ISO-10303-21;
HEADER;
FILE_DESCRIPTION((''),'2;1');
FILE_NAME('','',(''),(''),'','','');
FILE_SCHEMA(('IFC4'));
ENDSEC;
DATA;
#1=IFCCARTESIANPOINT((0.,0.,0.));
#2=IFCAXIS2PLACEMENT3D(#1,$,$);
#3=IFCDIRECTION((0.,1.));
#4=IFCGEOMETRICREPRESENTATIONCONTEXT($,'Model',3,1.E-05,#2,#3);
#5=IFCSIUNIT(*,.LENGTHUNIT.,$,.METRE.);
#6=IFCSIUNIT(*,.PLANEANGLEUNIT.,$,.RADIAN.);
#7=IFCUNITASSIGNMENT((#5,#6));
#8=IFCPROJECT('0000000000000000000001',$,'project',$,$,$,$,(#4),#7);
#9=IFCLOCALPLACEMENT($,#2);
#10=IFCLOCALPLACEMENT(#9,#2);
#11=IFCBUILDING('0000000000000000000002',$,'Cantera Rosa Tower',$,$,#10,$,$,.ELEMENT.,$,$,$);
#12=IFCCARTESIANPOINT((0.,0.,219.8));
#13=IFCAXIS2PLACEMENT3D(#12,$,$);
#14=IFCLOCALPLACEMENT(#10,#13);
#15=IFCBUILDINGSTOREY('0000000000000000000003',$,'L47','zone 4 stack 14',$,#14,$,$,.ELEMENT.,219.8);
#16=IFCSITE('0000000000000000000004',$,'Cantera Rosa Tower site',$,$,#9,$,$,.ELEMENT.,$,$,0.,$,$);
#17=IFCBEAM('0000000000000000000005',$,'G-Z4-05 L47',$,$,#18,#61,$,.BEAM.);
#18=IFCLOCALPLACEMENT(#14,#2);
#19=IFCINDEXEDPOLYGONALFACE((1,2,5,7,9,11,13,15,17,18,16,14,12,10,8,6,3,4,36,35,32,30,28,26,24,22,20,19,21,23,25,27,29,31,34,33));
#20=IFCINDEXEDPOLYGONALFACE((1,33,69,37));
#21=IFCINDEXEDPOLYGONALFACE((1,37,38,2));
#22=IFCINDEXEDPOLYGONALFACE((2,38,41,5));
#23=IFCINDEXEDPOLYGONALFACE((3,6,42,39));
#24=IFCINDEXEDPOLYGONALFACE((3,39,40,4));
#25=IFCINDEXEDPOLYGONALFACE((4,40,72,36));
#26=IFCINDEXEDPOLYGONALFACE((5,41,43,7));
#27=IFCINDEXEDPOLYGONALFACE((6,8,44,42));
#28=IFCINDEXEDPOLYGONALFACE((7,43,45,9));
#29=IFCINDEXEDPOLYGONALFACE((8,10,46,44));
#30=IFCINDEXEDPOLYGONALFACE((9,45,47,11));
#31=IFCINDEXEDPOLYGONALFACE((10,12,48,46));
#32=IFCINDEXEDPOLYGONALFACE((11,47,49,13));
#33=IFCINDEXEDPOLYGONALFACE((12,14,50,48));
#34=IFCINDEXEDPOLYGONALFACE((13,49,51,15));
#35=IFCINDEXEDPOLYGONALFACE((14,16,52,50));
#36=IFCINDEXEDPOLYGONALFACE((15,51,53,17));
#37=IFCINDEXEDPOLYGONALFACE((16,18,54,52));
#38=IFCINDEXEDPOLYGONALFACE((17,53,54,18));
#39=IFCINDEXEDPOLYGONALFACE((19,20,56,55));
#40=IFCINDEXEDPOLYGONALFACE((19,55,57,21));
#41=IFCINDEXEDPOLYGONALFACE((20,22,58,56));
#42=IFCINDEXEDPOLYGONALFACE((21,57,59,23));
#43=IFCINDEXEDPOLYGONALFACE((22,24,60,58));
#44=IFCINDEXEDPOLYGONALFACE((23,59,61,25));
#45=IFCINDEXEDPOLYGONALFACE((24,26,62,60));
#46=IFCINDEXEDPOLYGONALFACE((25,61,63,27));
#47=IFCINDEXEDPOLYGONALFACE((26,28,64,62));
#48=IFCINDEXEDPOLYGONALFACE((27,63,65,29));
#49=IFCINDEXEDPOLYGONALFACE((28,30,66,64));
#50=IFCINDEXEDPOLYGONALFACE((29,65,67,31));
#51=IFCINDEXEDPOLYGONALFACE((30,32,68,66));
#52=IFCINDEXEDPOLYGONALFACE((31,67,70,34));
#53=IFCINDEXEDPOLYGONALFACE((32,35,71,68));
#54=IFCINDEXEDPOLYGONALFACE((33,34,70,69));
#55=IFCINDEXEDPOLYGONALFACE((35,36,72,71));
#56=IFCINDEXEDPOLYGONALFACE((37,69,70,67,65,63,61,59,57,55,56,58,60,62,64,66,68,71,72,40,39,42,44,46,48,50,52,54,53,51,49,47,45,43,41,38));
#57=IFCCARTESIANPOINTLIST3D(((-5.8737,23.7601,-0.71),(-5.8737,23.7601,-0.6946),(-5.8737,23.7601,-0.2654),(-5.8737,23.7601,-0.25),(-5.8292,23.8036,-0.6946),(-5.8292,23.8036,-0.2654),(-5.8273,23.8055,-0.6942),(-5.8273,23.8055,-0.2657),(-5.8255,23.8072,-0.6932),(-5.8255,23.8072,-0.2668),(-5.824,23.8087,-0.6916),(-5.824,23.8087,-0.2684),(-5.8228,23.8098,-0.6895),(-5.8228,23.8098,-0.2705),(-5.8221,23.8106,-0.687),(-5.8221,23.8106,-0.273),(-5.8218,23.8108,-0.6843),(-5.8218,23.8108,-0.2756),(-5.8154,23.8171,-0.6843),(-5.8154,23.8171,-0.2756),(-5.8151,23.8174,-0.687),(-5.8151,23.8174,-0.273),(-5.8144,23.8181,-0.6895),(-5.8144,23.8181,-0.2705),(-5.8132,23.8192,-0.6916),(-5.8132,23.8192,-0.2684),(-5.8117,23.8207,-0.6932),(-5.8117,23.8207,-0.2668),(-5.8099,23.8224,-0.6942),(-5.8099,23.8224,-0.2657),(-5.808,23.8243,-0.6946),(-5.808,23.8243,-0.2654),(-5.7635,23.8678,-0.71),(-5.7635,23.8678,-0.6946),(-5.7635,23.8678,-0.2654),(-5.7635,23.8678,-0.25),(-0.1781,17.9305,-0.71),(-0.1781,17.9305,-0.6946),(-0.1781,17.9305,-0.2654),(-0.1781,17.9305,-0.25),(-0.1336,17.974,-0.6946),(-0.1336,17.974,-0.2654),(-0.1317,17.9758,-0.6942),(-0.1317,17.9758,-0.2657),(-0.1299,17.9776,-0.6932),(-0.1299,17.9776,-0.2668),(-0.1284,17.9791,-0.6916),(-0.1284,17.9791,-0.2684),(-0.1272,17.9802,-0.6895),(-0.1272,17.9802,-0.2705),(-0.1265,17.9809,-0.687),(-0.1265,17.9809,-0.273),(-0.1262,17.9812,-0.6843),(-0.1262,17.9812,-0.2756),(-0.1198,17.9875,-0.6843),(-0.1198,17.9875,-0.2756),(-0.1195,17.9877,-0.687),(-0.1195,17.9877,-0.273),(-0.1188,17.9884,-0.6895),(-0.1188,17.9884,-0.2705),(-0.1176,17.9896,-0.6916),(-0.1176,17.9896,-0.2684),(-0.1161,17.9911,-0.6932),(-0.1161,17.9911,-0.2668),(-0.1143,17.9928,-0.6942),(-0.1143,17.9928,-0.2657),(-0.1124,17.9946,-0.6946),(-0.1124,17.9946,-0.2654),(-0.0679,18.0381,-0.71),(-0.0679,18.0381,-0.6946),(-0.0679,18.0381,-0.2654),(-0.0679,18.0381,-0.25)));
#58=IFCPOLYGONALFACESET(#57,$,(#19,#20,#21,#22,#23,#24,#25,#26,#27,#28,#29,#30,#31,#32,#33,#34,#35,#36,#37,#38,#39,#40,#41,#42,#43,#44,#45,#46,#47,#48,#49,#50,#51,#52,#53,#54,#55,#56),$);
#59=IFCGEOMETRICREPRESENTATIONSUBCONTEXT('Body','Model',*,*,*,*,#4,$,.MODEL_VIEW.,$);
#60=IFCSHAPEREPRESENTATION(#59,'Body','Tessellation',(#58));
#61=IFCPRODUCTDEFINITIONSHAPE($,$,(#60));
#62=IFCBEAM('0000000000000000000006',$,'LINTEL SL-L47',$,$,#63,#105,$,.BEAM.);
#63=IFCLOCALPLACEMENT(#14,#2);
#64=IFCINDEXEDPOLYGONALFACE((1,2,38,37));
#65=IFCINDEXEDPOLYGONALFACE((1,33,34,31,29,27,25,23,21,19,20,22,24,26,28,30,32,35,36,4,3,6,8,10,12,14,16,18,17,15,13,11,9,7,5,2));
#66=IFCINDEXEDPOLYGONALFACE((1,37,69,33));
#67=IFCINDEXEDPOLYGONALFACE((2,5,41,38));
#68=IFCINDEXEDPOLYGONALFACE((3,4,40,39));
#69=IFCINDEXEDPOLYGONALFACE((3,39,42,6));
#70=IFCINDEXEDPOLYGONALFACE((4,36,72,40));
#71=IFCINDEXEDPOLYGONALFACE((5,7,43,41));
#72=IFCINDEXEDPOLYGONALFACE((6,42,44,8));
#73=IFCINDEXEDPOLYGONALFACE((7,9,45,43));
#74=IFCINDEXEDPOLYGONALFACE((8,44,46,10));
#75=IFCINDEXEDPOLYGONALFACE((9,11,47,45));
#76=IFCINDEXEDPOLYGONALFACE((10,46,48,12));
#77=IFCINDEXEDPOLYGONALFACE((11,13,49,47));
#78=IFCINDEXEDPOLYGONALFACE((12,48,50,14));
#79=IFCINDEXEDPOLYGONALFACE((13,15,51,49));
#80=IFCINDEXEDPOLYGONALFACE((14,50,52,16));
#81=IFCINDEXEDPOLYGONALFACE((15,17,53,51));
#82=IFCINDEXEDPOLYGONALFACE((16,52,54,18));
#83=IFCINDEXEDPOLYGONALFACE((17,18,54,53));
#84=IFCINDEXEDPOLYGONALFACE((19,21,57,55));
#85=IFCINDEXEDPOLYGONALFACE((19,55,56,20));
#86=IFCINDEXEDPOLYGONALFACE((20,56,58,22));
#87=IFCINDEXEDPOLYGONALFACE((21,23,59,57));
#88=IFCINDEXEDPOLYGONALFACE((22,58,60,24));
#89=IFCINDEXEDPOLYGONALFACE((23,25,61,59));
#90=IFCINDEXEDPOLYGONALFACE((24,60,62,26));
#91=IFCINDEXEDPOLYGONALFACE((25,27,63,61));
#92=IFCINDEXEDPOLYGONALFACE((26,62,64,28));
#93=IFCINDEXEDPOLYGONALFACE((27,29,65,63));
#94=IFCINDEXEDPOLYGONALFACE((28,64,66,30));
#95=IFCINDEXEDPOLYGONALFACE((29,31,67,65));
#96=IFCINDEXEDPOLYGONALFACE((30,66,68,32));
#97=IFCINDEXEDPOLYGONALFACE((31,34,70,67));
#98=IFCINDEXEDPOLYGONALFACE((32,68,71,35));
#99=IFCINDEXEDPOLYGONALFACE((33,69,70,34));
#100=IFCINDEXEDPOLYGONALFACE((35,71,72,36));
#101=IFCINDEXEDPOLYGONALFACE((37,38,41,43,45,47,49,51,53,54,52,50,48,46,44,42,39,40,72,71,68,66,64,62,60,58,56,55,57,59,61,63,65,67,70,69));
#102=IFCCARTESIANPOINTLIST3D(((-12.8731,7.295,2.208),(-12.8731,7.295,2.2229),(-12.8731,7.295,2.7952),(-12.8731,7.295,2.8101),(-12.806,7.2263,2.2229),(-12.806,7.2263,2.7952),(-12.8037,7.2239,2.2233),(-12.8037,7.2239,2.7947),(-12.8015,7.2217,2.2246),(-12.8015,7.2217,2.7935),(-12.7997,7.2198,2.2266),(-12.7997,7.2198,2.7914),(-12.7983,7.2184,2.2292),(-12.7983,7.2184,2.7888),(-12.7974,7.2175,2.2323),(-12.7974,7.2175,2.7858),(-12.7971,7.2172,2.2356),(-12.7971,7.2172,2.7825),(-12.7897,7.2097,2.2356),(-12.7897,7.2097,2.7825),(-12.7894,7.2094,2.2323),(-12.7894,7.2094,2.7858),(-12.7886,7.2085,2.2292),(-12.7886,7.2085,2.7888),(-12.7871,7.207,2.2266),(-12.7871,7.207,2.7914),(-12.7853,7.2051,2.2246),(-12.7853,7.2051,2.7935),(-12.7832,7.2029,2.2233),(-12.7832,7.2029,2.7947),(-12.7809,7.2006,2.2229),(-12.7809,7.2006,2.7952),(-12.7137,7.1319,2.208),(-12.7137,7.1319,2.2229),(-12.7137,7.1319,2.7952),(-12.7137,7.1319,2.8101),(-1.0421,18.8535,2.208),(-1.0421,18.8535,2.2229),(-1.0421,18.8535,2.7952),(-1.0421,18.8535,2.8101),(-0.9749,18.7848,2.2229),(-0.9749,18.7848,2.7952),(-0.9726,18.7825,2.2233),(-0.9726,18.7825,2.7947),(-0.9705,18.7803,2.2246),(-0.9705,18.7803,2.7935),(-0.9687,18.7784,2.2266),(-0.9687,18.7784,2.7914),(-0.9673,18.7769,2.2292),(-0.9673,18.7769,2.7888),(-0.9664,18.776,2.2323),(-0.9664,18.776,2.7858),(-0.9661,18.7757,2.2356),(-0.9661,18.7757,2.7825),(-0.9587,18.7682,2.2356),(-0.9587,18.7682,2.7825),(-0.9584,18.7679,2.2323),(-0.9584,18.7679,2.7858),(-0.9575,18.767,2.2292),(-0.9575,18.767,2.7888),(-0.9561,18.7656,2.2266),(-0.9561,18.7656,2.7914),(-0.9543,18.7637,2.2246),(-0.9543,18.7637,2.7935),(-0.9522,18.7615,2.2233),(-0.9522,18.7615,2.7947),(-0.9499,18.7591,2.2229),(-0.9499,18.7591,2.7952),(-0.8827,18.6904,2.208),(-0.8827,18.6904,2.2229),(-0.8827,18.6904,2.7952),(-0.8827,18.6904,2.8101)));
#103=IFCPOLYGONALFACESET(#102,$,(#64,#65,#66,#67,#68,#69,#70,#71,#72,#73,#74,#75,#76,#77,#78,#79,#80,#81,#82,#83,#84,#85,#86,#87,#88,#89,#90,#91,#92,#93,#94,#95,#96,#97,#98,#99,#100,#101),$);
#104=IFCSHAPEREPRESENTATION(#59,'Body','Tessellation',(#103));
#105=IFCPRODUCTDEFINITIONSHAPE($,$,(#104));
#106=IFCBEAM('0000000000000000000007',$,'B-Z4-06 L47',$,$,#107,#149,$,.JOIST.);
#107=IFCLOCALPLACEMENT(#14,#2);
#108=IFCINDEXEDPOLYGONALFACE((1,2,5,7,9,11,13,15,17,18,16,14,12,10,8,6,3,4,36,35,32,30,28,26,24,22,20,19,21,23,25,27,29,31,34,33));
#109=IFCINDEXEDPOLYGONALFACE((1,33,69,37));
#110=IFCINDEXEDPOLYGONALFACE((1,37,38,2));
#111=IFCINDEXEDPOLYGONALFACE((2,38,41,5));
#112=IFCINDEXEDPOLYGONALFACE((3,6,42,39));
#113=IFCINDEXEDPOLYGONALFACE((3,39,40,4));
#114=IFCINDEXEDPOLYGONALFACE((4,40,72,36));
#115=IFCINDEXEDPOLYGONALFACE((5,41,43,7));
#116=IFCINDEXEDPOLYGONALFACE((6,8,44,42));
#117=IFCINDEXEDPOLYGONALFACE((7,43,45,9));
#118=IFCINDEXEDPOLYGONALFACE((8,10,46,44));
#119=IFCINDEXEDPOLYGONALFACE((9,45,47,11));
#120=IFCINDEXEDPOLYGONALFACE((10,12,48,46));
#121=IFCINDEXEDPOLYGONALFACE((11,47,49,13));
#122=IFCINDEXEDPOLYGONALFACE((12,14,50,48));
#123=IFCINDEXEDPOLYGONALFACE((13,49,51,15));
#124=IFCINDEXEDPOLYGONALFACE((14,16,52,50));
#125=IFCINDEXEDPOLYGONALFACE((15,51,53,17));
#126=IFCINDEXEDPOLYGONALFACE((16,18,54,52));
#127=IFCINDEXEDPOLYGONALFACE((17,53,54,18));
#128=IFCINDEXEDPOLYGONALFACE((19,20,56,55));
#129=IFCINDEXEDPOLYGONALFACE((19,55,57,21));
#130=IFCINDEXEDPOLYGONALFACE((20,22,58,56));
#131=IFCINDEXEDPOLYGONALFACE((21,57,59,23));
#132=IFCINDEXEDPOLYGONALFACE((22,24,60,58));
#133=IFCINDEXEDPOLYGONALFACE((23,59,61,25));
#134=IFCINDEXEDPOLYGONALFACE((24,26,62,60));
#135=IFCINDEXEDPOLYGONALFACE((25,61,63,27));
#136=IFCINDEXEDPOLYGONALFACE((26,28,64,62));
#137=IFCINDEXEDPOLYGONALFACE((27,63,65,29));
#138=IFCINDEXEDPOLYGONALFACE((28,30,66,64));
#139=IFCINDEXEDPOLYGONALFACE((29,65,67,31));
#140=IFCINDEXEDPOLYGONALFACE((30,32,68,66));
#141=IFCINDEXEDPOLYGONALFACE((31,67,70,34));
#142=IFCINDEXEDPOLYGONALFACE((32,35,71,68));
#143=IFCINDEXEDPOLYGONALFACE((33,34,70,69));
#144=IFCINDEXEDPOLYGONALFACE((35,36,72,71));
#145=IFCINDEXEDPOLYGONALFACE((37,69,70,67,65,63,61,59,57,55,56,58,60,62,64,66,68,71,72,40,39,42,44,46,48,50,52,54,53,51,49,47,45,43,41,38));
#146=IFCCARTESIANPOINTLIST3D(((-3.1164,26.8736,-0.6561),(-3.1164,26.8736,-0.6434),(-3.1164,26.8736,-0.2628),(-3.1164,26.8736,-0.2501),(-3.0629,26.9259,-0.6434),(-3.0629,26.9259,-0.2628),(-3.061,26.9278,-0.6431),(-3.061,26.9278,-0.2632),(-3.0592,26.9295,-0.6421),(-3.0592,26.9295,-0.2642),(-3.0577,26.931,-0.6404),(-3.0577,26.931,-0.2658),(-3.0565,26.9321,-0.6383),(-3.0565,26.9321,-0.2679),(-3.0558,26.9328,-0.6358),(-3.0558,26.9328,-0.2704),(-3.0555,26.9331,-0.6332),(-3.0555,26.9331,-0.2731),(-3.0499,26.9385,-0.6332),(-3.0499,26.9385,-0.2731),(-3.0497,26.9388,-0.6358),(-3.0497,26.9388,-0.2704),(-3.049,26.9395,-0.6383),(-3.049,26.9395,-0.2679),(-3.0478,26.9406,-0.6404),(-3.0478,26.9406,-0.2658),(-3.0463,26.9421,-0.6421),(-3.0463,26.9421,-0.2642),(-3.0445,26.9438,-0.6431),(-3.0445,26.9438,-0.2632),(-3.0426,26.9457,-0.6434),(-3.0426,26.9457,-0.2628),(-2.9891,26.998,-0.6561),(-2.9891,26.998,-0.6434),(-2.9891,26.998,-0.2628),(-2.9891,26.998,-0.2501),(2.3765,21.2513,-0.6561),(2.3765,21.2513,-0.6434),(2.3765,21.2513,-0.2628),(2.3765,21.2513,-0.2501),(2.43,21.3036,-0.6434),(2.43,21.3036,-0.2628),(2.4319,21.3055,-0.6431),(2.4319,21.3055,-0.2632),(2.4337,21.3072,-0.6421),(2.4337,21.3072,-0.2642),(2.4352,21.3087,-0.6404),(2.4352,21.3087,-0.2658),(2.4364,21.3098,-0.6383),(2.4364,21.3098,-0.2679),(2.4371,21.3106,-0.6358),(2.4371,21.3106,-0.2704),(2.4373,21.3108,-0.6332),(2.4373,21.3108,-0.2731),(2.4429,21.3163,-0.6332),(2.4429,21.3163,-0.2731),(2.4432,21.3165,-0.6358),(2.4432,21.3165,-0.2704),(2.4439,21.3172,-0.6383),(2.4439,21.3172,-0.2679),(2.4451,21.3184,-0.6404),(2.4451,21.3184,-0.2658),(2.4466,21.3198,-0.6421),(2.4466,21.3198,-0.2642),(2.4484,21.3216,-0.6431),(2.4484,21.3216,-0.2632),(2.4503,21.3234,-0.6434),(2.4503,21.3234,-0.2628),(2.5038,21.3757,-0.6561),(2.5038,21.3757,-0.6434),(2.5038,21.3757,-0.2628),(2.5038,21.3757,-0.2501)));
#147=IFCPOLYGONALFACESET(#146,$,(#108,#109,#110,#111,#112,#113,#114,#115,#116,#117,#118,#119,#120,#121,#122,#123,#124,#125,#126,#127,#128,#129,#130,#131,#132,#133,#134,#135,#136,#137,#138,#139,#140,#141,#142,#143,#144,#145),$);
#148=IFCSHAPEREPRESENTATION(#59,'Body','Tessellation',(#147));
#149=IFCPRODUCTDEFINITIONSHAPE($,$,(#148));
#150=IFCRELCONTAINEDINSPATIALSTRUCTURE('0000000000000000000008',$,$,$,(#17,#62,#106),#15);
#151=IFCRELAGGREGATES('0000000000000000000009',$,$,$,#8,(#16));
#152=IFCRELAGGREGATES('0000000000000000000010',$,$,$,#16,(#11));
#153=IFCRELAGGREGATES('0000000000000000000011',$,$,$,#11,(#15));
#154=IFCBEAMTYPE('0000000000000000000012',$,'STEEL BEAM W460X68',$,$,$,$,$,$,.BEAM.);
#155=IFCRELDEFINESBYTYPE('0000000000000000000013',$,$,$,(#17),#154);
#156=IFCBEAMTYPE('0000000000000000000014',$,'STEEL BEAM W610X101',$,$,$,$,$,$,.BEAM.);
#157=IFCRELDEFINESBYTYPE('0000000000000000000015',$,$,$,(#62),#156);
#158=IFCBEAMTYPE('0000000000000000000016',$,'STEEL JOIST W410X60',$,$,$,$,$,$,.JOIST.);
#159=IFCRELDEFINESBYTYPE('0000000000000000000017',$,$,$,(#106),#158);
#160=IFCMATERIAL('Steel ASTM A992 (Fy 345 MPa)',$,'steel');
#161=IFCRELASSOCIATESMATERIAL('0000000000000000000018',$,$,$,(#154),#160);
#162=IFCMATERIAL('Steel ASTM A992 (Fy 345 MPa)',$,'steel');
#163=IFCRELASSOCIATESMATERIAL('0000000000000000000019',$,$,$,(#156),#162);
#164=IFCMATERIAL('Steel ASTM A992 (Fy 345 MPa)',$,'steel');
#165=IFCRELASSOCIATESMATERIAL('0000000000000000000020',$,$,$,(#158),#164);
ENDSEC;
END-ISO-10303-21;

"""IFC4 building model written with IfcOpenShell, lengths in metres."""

from ifc_helpers import new_model, si_unit, direction, frame, origin, origin_2d, place, context, subcontext, project, spatial, i_section, extrude, material, material_profile, profile_set, type_object, element, save


model = new_model("IFC4")

# Units and contexts
model_context = context("Model", 3, precision=1e-05, world=origin(), true_north=direction((0.0, 1.0)))
body_context = subcontext(model_context, "Body", "Model", "MODEL_VIEW")
ifc_project = project(units=[si_unit("LENGTHUNIT", "METRE"), si_unit("PLANEANGLEUNIT", "RADIAN")], contexts=[model_context])

# Site, building, storey
site_placement = place(None, origin())
site = spatial("IfcSite", under=ifc_project, at=site_placement, Name="Cantera Rosa Tower site", CompositionType="ELEMENT", RefElevation=0.0)
building_placement = place(site_placement, origin())
building = spatial("IfcBuilding", under=site, at=building_placement, Name="Cantera Rosa Tower", CompositionType="ELEMENT")
storey_placement = place(building_placement, frame((0.0, 0.0, 219.8)))
storey = spatial("IfcBuildingStorey", under=building, at=storey_placement, Name="L47", Description="zone 4 stack 14", CompositionType="ELEMENT", Elevation=219.8)

# Beams
ifc_material_1 = material(Name="Steel ASTM A992 (Fy 345 MPa)", Category="steel")
ifc_material_profile_1 = material_profile(ifc_material_1, i_section(OverallWidth=0.1541, OverallDepth=0.46, WebThickness=0.009, FlangeThickness=0.0154, FilletRadius=0.0103, at=origin_2d()), Name="W460X68")
ifc_profile_set_1 = profile_set([ifc_material_profile_1], Name="Steel ASTM A992 (Fy 345 MPa)")
beam_type_1 = type_object("IfcBeamType", Name="STEEL BEAM W460X68", PredefinedType="BEAM", material=ifc_profile_set_1)
beam_1_placement = place(storey_placement, frame((-5.8186, 23.814, -0.48), z_axis=(0.698836, -0.715282, 0.0), x_axis=(0.715282, 0.698836, 0.0)))
element("IfcBeam", 1, at=beam_1_placement, inside=storey, type_object=beam_type_1, Name="G-Z4-05 L47", PredefinedType="BEAM", context=body_context, shape_type="SweptSolid", body=[
    extrude(i_section(OverallWidth=0.1541, OverallDepth=0.46, WebThickness=0.009, FlangeThickness=0.0154, FilletRadius=0.0103, at=origin_2d()), origin(), (0.0, 0.0, 1.0), 8.1501),
])
ifc_material_2 = material(Name="Steel ASTM A992 (Fy 345 MPa)", Category="steel")
ifc_material_profile_2 = material_profile(ifc_material_2, i_section(OverallWidth=0.228, OverallDepth=0.6021, WebThickness=0.0105, FlangeThickness=0.0149, FilletRadius=0.0127, at=origin_2d()), Name="W610X101")
ifc_profile_set_2 = profile_set([ifc_material_profile_2], Name="Steel ASTM A992 (Fy 345 MPa)")
beam_type_2 = type_object("IfcBeamType", Name="STEEL BEAM W610X101", PredefinedType="BEAM", material=ifc_profile_set_2)
beam_2_placement = place(storey_placement, frame((-0.9624, 18.772, 2.509), z_axis=(-0.715295, -0.698822, 0.0), x_axis=(0.698822, -0.715295, 0.0)))
element("IfcBeam", 2, at=beam_2_placement, inside=storey, type_object=beam_type_2, Name="LINTEL SL-L47", PredefinedType="BEAM", context=body_context, shape_type="SweptSolid", body=[
    extrude(i_section(OverallWidth=0.228, OverallDepth=0.6021, WebThickness=0.0105, FlangeThickness=0.0149, FilletRadius=0.0127, at=origin_2d()), origin(), (0.0, 0.0, 1.0), 16.54),
])
ifc_material_3 = material(Name="Steel ASTM A992 (Fy 345 MPa)", Category="steel")
ifc_material_profile_3 = material_profile(ifc_material_3, i_section(OverallWidth=0.178, OverallDepth=0.406, WebThickness=0.0078, FlangeThickness=0.0127, FilletRadius=0.0103, at=origin_2d()), Name="W410X60")
ifc_profile_set_3 = profile_set([ifc_material_profile_3], Name="Steel ASTM A992 (Fy 345 MPa)")
beam_type_3 = type_object("IfcBeamType", Name="STEEL JOIST W410X60", PredefinedType="JOIST", material=ifc_profile_set_3)
beam_3_placement = place(storey_placement, frame((-3.0527, 26.9358, -0.4531), z_axis=(0.698828, -0.71529, 0.0), x_axis=(0.71529, 0.698828, 0.0)))
element("IfcBeam", 3, at=beam_3_placement, inside=storey, type_object=beam_type_3, Name="B-Z4-06 L47", PredefinedType="JOIST", context=body_context, shape_type="SweptSolid", body=[
    extrude(i_section(OverallWidth=0.178, OverallDepth=0.406, WebThickness=0.0078, FlangeThickness=0.0127, FilletRadius=0.0103, at=origin_2d()), origin(), (0.0, 0.0, 1.0), 7.8601),
])

save(model, "model.ifc")
